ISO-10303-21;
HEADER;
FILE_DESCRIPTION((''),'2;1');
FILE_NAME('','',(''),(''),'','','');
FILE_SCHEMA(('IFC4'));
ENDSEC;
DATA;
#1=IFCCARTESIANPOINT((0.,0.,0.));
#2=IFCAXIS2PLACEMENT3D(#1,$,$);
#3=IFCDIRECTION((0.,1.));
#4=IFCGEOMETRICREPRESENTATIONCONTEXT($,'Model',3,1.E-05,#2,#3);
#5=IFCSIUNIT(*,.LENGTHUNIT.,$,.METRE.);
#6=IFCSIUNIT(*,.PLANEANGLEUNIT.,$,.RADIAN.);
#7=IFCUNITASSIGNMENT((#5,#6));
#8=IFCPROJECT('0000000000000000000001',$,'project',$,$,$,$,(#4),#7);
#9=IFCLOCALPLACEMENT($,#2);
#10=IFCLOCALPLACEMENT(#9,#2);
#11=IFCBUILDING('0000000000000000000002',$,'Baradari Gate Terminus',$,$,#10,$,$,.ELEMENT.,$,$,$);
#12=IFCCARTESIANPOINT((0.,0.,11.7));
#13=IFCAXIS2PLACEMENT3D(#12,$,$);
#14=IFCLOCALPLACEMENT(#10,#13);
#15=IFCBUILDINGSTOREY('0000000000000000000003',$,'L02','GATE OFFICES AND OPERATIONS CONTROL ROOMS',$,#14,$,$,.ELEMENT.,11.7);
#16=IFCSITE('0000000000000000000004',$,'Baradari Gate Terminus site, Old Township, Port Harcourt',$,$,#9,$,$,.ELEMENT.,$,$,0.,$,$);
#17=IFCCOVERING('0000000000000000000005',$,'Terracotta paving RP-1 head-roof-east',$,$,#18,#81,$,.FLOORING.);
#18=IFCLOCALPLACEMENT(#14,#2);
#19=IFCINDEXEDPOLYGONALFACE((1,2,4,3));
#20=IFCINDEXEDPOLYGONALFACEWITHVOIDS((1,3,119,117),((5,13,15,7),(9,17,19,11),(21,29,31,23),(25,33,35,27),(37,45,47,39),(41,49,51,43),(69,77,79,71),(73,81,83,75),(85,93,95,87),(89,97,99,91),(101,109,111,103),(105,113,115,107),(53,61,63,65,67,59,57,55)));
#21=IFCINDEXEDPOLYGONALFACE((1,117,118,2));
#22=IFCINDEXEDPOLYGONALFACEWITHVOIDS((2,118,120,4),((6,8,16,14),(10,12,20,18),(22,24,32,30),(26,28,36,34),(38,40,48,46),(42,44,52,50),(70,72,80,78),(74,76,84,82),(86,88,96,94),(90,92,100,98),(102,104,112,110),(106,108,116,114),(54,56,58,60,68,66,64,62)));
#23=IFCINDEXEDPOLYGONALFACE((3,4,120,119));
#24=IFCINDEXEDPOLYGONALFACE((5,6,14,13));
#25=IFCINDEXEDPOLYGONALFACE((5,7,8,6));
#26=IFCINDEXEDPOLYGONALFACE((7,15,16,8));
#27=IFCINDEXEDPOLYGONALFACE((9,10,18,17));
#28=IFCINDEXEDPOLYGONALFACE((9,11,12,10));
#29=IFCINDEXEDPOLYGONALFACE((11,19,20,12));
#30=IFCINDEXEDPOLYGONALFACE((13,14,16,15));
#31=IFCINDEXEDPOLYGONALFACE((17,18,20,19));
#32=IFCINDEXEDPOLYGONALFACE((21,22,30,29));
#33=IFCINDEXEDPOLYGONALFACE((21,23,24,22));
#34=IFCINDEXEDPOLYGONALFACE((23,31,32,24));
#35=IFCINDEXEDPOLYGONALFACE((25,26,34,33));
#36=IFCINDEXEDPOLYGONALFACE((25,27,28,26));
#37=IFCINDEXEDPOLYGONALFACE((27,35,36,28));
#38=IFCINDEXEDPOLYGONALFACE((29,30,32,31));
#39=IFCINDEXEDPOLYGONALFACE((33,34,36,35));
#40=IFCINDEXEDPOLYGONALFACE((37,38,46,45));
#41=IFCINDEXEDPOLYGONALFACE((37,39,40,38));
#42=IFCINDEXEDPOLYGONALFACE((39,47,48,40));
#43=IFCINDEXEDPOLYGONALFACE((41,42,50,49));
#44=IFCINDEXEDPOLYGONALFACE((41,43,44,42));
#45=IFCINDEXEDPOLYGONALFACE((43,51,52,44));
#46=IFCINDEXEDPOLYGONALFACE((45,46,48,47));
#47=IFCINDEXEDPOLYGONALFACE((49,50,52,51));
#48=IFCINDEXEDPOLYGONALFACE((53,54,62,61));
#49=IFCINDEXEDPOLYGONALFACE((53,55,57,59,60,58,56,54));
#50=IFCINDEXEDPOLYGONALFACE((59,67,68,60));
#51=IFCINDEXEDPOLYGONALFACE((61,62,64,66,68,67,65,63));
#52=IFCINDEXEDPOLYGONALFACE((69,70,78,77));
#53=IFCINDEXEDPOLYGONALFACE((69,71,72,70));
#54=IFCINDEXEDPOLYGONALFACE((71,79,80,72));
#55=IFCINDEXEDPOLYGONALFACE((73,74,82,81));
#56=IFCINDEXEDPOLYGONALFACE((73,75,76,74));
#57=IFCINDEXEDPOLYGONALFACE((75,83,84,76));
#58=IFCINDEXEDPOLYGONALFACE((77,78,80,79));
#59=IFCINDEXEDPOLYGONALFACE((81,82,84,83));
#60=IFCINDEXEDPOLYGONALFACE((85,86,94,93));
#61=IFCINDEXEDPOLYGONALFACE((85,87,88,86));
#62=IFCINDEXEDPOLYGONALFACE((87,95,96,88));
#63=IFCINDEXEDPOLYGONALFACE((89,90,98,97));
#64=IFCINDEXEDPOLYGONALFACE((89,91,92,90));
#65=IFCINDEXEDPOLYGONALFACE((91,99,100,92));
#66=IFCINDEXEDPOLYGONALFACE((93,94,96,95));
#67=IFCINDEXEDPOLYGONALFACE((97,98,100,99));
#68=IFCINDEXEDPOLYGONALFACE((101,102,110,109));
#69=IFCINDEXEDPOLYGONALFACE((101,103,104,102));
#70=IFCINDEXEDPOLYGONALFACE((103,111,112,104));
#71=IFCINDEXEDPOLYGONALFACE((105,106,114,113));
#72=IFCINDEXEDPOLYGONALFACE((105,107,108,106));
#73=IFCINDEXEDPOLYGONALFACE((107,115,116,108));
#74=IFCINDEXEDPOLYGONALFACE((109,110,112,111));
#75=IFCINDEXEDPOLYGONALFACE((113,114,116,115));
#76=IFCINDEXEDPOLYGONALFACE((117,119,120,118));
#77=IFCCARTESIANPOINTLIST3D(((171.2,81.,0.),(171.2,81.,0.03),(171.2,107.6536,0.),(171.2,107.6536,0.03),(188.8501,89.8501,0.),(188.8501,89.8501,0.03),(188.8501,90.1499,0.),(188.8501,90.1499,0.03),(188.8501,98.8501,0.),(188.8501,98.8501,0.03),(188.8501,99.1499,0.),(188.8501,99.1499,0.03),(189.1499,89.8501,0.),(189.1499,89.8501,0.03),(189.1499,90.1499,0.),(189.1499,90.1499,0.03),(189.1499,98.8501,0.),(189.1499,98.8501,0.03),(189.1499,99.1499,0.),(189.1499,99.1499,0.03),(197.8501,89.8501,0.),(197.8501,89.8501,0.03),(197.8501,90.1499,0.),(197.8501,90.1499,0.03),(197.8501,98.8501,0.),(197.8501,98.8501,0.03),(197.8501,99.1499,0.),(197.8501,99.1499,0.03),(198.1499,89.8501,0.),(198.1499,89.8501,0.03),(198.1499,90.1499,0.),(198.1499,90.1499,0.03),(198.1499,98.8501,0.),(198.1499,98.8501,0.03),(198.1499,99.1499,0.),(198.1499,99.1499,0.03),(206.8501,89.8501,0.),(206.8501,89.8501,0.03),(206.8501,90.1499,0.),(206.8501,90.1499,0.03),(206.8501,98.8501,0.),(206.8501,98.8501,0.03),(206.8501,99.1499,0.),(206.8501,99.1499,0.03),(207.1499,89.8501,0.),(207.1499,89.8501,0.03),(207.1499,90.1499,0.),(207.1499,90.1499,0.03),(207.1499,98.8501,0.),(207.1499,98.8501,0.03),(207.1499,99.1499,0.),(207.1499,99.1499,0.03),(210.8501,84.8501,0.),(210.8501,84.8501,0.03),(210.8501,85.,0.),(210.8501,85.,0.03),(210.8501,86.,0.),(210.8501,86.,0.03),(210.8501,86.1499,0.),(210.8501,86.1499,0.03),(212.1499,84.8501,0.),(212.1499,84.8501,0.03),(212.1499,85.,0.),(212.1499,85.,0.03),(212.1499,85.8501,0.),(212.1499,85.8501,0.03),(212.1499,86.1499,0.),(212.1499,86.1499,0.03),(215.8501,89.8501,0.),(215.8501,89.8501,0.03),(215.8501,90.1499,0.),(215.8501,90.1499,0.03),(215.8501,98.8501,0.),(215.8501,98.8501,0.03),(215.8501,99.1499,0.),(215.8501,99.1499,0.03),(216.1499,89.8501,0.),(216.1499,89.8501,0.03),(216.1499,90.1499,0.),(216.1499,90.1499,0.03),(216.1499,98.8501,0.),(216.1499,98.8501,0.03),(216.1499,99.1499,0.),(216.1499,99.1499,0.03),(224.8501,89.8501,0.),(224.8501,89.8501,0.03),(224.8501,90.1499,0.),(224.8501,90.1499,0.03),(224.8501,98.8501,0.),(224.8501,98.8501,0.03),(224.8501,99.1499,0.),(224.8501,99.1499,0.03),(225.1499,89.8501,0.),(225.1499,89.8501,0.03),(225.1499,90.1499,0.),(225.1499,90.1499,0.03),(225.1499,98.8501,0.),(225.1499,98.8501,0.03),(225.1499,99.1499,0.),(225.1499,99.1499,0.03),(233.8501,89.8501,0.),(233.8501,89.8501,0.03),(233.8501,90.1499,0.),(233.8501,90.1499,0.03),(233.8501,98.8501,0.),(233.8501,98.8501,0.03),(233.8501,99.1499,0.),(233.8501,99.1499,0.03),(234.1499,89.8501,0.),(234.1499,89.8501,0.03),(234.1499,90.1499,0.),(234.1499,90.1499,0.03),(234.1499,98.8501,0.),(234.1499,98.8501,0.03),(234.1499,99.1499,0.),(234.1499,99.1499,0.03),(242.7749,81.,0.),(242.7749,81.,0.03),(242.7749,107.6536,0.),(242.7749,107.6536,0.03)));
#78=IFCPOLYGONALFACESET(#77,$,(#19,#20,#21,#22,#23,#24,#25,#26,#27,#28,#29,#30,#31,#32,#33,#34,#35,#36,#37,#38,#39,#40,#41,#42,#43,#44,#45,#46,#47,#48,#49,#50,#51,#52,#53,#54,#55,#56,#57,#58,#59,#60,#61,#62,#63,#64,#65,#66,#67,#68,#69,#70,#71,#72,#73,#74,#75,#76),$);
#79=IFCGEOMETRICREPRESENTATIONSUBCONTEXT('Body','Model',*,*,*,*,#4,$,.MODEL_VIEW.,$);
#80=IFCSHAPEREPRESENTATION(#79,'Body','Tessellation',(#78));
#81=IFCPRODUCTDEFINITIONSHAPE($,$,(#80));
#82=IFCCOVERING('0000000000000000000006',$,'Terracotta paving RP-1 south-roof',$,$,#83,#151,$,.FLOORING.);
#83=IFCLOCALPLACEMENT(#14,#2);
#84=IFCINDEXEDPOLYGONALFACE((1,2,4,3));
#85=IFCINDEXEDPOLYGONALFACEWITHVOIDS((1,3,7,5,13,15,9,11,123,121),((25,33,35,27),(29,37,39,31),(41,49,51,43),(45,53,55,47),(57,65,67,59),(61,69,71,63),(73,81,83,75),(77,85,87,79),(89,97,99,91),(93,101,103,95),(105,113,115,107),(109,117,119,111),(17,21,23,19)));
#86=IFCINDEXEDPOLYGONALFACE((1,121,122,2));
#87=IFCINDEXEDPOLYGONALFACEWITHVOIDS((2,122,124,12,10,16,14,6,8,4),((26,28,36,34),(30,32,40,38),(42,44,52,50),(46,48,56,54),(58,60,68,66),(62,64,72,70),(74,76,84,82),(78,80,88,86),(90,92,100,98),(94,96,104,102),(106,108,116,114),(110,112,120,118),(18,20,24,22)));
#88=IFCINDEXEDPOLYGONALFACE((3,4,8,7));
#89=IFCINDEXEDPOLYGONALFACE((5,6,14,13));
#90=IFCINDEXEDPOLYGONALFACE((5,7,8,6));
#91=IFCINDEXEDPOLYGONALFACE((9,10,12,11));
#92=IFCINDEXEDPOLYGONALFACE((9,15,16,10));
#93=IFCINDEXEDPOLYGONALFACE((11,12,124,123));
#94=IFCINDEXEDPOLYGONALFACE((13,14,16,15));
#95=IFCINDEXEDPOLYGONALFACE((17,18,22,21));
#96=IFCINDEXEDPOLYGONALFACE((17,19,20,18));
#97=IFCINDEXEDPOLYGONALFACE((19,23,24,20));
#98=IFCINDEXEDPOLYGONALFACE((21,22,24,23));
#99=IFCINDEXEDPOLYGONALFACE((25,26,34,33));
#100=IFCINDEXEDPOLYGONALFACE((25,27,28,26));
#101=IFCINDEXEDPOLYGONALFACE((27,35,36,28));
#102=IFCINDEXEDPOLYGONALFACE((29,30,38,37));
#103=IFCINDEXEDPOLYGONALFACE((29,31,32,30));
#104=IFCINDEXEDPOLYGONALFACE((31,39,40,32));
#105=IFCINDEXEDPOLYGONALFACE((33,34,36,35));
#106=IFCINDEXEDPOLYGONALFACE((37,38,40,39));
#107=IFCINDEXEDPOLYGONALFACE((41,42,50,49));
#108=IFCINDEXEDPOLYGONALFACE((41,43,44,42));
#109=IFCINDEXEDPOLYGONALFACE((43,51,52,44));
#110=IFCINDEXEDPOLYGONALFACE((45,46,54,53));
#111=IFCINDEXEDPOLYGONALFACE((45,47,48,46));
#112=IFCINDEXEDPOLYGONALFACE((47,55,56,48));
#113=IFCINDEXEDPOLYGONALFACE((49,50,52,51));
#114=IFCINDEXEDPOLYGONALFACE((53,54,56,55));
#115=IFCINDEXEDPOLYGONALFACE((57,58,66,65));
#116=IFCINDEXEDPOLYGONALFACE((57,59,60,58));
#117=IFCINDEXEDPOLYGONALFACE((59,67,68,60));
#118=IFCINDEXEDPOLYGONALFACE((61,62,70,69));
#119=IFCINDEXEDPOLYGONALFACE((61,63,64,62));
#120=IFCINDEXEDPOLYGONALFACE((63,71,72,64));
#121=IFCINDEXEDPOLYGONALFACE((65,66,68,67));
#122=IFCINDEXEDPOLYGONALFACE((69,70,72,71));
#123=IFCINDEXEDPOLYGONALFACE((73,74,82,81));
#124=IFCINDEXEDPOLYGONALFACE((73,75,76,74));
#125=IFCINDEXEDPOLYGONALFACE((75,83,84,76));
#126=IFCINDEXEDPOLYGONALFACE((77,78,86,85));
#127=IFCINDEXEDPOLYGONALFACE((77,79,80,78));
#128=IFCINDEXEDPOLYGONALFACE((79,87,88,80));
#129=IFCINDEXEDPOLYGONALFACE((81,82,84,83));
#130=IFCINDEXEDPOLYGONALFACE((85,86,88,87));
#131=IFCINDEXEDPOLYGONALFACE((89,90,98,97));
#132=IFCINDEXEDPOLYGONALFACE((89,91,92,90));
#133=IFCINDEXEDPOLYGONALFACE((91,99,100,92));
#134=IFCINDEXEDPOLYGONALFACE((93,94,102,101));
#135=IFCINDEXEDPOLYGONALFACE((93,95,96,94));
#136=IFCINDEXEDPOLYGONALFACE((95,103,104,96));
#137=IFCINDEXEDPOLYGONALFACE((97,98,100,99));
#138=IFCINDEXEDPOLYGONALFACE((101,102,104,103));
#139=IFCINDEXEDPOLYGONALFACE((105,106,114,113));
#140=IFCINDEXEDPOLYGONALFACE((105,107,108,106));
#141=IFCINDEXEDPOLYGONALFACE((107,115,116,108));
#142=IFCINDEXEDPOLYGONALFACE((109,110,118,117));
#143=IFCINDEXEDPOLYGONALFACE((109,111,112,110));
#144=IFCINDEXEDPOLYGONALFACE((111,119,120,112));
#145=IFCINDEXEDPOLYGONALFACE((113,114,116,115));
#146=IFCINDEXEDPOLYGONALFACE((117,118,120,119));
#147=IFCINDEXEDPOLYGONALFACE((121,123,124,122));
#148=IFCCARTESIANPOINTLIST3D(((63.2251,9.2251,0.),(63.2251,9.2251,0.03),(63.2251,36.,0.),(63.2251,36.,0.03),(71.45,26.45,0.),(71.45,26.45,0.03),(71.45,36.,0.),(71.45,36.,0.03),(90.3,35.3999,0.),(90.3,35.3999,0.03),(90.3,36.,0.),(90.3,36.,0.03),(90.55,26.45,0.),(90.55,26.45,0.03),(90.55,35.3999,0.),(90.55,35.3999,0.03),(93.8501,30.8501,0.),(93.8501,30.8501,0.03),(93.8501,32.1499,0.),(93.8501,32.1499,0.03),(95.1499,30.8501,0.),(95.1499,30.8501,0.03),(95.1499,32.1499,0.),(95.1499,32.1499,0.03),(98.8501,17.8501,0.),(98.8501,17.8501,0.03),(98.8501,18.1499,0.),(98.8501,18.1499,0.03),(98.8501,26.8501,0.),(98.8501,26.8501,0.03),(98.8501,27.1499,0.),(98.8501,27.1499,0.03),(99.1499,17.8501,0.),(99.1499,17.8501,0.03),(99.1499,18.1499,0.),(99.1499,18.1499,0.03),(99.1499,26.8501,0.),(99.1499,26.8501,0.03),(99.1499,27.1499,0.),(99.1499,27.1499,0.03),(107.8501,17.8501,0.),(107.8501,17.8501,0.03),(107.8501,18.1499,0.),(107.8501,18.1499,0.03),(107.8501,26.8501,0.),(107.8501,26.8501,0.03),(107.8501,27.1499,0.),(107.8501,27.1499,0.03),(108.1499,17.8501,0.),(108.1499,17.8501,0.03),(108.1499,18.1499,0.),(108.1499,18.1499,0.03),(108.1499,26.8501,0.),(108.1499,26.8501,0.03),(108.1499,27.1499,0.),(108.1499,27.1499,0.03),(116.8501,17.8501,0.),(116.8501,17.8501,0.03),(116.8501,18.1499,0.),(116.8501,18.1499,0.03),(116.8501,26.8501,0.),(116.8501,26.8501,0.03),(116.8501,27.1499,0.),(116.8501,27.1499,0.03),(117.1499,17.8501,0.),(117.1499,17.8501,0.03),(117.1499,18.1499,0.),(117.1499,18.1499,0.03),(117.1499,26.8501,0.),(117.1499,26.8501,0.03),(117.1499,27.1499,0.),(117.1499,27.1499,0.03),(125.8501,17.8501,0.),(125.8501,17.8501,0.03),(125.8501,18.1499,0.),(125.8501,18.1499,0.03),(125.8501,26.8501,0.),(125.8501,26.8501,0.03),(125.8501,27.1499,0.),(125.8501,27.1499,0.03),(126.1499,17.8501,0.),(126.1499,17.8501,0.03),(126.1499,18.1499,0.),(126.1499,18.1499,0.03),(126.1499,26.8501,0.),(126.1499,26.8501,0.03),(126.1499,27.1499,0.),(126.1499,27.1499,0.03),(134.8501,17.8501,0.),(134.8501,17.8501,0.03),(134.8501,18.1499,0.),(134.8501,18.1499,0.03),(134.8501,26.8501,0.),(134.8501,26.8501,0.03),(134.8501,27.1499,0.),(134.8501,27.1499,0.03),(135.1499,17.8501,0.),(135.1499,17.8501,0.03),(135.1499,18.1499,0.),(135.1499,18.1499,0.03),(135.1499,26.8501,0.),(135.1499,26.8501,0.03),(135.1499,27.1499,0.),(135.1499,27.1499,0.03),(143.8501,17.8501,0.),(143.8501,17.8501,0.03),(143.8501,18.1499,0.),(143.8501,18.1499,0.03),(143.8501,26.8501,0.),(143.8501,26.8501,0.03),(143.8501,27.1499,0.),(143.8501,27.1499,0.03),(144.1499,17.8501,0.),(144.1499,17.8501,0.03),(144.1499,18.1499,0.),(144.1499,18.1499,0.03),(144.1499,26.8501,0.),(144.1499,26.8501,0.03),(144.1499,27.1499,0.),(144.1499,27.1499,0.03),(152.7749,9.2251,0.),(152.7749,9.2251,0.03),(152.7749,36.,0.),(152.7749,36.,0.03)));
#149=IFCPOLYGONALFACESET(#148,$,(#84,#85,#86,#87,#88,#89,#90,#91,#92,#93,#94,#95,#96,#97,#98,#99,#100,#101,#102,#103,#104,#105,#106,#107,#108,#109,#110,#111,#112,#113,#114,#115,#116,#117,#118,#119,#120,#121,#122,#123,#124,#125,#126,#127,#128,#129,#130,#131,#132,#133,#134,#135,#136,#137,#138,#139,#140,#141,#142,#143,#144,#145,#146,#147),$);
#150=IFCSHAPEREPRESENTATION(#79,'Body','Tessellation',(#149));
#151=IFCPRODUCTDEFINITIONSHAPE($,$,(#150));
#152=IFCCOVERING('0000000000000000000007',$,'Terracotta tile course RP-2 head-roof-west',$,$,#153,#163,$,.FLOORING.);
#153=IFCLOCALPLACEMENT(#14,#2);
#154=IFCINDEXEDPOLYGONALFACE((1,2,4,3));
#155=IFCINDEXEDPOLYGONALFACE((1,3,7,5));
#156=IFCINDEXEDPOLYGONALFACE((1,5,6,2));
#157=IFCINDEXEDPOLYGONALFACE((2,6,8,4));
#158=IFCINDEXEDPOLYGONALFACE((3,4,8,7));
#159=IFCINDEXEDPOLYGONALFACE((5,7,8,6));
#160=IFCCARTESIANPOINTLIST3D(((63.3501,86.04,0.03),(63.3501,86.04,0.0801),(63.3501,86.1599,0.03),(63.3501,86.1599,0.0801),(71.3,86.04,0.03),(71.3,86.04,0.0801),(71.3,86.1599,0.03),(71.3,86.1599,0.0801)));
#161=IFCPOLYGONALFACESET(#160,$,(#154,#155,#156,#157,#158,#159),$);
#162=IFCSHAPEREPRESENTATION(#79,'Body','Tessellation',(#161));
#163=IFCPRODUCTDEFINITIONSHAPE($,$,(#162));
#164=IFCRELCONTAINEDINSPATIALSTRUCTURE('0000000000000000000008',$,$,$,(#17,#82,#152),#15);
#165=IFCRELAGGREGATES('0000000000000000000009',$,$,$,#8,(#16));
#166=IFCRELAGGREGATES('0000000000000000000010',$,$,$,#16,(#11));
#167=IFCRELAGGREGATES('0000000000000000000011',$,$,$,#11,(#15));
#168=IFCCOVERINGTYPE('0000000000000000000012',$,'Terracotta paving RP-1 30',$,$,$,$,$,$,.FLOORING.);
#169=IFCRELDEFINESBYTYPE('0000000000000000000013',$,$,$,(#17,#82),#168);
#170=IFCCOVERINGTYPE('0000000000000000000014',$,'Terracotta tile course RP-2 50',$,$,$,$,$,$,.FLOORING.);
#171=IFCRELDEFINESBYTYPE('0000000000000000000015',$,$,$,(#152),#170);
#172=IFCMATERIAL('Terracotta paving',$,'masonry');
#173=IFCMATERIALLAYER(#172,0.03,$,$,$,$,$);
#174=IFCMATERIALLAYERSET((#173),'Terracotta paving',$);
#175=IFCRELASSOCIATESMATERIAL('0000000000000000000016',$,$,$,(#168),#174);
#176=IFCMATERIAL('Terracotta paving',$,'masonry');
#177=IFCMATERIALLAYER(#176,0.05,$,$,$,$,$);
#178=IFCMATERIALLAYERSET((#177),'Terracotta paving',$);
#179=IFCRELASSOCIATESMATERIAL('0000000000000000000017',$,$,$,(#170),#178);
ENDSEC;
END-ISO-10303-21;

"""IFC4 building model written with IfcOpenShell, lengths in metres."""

from ifc_helpers import new_model, si_unit, direction, frame, origin, place, context, subcontext, project, spatial, polyline, outline, extrude, material, layer, layer_set, type_object, element, save


model = new_model("IFC4")

# Units and contexts
model_context = context("Model", 3, precision=1e-05, world=origin(), true_north=direction((0.0, 1.0)))
body_context = subcontext(model_context, "Body", "Model", "MODEL_VIEW")
ifc_project = project(units=[si_unit("LENGTHUNIT", "METRE"), si_unit("PLANEANGLEUNIT", "RADIAN")], contexts=[model_context])

# Site, building, storey
site_placement = place(None, origin())
site = spatial("IfcSite", under=ifc_project, at=site_placement, Name="Baradari Gate Terminus site, Old Township, Port Harcourt", CompositionType="ELEMENT", RefElevation=0.0)
building_placement = place(site_placement, origin())
building = spatial("IfcBuilding", under=site, at=building_placement, Name="Baradari Gate Terminus", CompositionType="ELEMENT")
storey_placement = place(building_placement, frame((0.0, 0.0, 11.7)))
storey = spatial("IfcBuildingStorey", under=building, at=storey_placement, Name="L02", Description="GATE OFFICES AND OPERATIONS CONTROL ROOMS", CompositionType="ELEMENT", Elevation=11.7)

# Coverings
ifc_material_1 = material(Name="Terracotta paving", Category="masonry")
ifc_layer_1 = layer(ifc_material_1, 0.03)
ifc_layer_set_1 = layer_set([ifc_layer_1], Name="Terracotta paving")
covering_type_1 = type_object("IfcCoveringType", Name="Terracotta paving RP-1 30", PredefinedType="FLOORING", material=ifc_layer_set_1)
covering_1_placement = place(storey_placement, origin())
element("IfcCovering", 1, at=covering_1_placement, inside=storey, type_object=covering_type_1, Name="Terracotta paving RP-1 head-roof-east", PredefinedType="FLOORING", context=body_context, shape_type="SweptSolid", body=[
    extrude(outline(polyline([(242.7749, 81.0), (171.2, 81.0), (171.2, 107.6536), (242.7749, 107.6536), (242.7749, 81.0)]), holes=[polyline([(233.8501, 90.1499), (233.8501, 89.8501), (234.1499, 89.8501), (234.1499, 90.1499), (233.8501, 90.1499)]), polyline([(233.8501, 99.1499), (233.8501, 98.8501), (234.1499, 98.8501), (234.1499, 99.1499), (233.8501, 99.1499)]), polyline([(224.8501, 89.8501), (225.1499, 89.8501), (225.1499, 90.1499), (224.8501, 90.1499), (224.8501, 89.8501)]), polyline([(224.8501, 99.1499), (224.8501, 98.8501), (225.1499, 98.8501), (225.1499, 99.1499), (224.8501, 99.1499)]), polyline([(215.8501, 89.8501), (216.1499, 89.8501), (216.1499, 90.1499), (215.8501, 90.1499), (215.8501, 89.8501)]), polyline([(215.8501, 99.1499), (215.8501, 98.8501), (216.1499, 98.8501), (216.1499, 99.1499), (215.8501, 99.1499)]), polyline([(210.8501, 85.0), (210.8501, 84.8501), (212.1499, 84.8501), (212.1499, 85.0), (212.1499, 85.8501), (212.1499, 86.1499), (210.8501, 86.1499), (210.8501, 86.0), (210.8501, 85.0), (210.8501, 85.0)]), polyline([(206.8501, 90.1499), (206.8501, 89.8501), (207.1499, 89.8501), (207.1499, 90.1499), (206.8501, 90.1499)]), polyline([(206.8501, 98.8501), (207.1499, 98.8501), (207.1499, 99.1499), (206.8501, 99.1499), (206.8501, 98.8501)]), polyline([(197.8501, 90.1499), (197.8501, 89.8501), (198.1499, 89.8501), (198.1499, 90.1499), (197.8501, 90.1499)]), polyline([(197.8501, 98.8501), (198.1499, 98.8501), (198.1499, 99.1499), (197.8501, 99.1499), (197.8501, 98.8501)]), polyline([(188.8501, 90.1499), (188.8501, 89.8501), (189.1499, 89.8501), (189.1499, 90.1499), (188.8501, 90.1499)]), polyline([(188.8501, 99.1499), (188.8501, 98.8501), (189.1499, 98.8501), (189.1499, 99.1499), (188.8501, 99.1499)])]), origin(), (0.0, 0.0, 1.0), 0.03),
])
covering_2_placement = place(storey_placement, origin())
element("IfcCovering", 2, at=covering_2_placement, inside=storey, type_object=covering_type_1, Name="Terracotta paving RP-1 south-roof", PredefinedType="FLOORING", context=body_context, shape_type="SweptSolid", body=[
    extrude(outline(polyline([(63.2251, 36.0), (71.45, 36.0), (71.45, 26.45), (90.55, 26.45), (90.55, 35.3999), (90.3, 35.3999), (90.3, 36.0), (152.7749, 36.0), (152.7749, 9.2251), (63.2251, 9.2251), (63.2251, 36.0)]), holes=[polyline([(143.8501, 18.1499), (143.8501, 17.8501), (144.1499, 17.8501), (144.1499, 18.1499), (143.8501, 18.1499)]), polyline([(143.8501, 27.1499), (143.8501, 26.8501), (144.1499, 26.8501), (144.1499, 27.1499), (143.8501, 27.1499)]), polyline([(134.8501, 18.1499), (134.8501, 17.8501), (135.1499, 17.8501), (135.1499, 18.1499), (134.8501, 18.1499)]), polyline([(134.8501, 26.8501), (135.1499, 26.8501), (135.1499, 27.1499), (134.8501, 27.1499), (134.8501, 26.8501)]), polyline([(125.8501, 18.1499), (125.8501, 17.8501), (126.1499, 17.8501), (126.1499, 18.1499), (125.8501, 18.1499)]), polyline([(125.8501, 27.1499), (125.8501, 26.8501), (126.1499, 26.8501), (126.1499, 27.1499), (125.8501, 27.1499)]), polyline([(116.8501, 17.8501), (117.1499, 17.8501), (117.1499, 18.1499), (116.8501, 18.1499), (116.8501, 17.8501)]), polyline([(116.8501, 27.1499), (116.8501, 26.8501), (117.1499, 26.8501), (117.1499, 27.1499), (116.8501, 27.1499)]), polyline([(107.8501, 18.1499), (107.8501, 17.8501), (108.1499, 17.8501), (108.1499, 18.1499), (107.8501, 18.1499)]), polyline([(107.8501, 26.8501), (108.1499, 26.8501), (108.1499, 27.1499), (107.8501, 27.1499), (107.8501, 26.8501)]), polyline([(98.8501, 17.8501), (99.1499, 17.8501), (99.1499, 18.1499), (98.8501, 18.1499), (98.8501, 17.8501)]), polyline([(98.8501, 27.1499), (98.8501, 26.8501), (99.1499, 26.8501), (99.1499, 27.1499), (98.8501, 27.1499)]), polyline([(93.8501, 30.8501), (95.1499, 30.8501), (95.1499, 32.1499), (93.8501, 32.1499), (93.8501, 30.8501)])]), origin(), (0.0, 0.0, 1.0), 0.03),
])
ifc_material_2 = material(Name="Terracotta paving", Category="masonry")
ifc_layer_2 = layer(ifc_material_2, 0.05)
ifc_layer_set_2 = layer_set([ifc_layer_2], Name="Terracotta paving")
covering_type_2 = type_object("IfcCoveringType", Name="Terracotta tile course RP-2 50", PredefinedType="FLOORING", material=ifc_layer_set_2)
covering_3_placement = place(storey_placement, frame((0.0, 0.0, 0.03)))
element("IfcCovering", 3, at=covering_3_placement, inside=storey, type_object=covering_type_2, Name="Terracotta tile course RP-2 head-roof-west", PredefinedType="FLOORING", context=body_context, shape_type="SweptSolid", body=[
    extrude(outline(polyline([(71.3, 86.04), (71.3, 86.1599), (63.3501, 86.1599), (63.3501, 86.04), (71.3, 86.04)])), origin(), (0.0, 0.0, 1.0), 0.05),
])

save(model, "model.ifc")
